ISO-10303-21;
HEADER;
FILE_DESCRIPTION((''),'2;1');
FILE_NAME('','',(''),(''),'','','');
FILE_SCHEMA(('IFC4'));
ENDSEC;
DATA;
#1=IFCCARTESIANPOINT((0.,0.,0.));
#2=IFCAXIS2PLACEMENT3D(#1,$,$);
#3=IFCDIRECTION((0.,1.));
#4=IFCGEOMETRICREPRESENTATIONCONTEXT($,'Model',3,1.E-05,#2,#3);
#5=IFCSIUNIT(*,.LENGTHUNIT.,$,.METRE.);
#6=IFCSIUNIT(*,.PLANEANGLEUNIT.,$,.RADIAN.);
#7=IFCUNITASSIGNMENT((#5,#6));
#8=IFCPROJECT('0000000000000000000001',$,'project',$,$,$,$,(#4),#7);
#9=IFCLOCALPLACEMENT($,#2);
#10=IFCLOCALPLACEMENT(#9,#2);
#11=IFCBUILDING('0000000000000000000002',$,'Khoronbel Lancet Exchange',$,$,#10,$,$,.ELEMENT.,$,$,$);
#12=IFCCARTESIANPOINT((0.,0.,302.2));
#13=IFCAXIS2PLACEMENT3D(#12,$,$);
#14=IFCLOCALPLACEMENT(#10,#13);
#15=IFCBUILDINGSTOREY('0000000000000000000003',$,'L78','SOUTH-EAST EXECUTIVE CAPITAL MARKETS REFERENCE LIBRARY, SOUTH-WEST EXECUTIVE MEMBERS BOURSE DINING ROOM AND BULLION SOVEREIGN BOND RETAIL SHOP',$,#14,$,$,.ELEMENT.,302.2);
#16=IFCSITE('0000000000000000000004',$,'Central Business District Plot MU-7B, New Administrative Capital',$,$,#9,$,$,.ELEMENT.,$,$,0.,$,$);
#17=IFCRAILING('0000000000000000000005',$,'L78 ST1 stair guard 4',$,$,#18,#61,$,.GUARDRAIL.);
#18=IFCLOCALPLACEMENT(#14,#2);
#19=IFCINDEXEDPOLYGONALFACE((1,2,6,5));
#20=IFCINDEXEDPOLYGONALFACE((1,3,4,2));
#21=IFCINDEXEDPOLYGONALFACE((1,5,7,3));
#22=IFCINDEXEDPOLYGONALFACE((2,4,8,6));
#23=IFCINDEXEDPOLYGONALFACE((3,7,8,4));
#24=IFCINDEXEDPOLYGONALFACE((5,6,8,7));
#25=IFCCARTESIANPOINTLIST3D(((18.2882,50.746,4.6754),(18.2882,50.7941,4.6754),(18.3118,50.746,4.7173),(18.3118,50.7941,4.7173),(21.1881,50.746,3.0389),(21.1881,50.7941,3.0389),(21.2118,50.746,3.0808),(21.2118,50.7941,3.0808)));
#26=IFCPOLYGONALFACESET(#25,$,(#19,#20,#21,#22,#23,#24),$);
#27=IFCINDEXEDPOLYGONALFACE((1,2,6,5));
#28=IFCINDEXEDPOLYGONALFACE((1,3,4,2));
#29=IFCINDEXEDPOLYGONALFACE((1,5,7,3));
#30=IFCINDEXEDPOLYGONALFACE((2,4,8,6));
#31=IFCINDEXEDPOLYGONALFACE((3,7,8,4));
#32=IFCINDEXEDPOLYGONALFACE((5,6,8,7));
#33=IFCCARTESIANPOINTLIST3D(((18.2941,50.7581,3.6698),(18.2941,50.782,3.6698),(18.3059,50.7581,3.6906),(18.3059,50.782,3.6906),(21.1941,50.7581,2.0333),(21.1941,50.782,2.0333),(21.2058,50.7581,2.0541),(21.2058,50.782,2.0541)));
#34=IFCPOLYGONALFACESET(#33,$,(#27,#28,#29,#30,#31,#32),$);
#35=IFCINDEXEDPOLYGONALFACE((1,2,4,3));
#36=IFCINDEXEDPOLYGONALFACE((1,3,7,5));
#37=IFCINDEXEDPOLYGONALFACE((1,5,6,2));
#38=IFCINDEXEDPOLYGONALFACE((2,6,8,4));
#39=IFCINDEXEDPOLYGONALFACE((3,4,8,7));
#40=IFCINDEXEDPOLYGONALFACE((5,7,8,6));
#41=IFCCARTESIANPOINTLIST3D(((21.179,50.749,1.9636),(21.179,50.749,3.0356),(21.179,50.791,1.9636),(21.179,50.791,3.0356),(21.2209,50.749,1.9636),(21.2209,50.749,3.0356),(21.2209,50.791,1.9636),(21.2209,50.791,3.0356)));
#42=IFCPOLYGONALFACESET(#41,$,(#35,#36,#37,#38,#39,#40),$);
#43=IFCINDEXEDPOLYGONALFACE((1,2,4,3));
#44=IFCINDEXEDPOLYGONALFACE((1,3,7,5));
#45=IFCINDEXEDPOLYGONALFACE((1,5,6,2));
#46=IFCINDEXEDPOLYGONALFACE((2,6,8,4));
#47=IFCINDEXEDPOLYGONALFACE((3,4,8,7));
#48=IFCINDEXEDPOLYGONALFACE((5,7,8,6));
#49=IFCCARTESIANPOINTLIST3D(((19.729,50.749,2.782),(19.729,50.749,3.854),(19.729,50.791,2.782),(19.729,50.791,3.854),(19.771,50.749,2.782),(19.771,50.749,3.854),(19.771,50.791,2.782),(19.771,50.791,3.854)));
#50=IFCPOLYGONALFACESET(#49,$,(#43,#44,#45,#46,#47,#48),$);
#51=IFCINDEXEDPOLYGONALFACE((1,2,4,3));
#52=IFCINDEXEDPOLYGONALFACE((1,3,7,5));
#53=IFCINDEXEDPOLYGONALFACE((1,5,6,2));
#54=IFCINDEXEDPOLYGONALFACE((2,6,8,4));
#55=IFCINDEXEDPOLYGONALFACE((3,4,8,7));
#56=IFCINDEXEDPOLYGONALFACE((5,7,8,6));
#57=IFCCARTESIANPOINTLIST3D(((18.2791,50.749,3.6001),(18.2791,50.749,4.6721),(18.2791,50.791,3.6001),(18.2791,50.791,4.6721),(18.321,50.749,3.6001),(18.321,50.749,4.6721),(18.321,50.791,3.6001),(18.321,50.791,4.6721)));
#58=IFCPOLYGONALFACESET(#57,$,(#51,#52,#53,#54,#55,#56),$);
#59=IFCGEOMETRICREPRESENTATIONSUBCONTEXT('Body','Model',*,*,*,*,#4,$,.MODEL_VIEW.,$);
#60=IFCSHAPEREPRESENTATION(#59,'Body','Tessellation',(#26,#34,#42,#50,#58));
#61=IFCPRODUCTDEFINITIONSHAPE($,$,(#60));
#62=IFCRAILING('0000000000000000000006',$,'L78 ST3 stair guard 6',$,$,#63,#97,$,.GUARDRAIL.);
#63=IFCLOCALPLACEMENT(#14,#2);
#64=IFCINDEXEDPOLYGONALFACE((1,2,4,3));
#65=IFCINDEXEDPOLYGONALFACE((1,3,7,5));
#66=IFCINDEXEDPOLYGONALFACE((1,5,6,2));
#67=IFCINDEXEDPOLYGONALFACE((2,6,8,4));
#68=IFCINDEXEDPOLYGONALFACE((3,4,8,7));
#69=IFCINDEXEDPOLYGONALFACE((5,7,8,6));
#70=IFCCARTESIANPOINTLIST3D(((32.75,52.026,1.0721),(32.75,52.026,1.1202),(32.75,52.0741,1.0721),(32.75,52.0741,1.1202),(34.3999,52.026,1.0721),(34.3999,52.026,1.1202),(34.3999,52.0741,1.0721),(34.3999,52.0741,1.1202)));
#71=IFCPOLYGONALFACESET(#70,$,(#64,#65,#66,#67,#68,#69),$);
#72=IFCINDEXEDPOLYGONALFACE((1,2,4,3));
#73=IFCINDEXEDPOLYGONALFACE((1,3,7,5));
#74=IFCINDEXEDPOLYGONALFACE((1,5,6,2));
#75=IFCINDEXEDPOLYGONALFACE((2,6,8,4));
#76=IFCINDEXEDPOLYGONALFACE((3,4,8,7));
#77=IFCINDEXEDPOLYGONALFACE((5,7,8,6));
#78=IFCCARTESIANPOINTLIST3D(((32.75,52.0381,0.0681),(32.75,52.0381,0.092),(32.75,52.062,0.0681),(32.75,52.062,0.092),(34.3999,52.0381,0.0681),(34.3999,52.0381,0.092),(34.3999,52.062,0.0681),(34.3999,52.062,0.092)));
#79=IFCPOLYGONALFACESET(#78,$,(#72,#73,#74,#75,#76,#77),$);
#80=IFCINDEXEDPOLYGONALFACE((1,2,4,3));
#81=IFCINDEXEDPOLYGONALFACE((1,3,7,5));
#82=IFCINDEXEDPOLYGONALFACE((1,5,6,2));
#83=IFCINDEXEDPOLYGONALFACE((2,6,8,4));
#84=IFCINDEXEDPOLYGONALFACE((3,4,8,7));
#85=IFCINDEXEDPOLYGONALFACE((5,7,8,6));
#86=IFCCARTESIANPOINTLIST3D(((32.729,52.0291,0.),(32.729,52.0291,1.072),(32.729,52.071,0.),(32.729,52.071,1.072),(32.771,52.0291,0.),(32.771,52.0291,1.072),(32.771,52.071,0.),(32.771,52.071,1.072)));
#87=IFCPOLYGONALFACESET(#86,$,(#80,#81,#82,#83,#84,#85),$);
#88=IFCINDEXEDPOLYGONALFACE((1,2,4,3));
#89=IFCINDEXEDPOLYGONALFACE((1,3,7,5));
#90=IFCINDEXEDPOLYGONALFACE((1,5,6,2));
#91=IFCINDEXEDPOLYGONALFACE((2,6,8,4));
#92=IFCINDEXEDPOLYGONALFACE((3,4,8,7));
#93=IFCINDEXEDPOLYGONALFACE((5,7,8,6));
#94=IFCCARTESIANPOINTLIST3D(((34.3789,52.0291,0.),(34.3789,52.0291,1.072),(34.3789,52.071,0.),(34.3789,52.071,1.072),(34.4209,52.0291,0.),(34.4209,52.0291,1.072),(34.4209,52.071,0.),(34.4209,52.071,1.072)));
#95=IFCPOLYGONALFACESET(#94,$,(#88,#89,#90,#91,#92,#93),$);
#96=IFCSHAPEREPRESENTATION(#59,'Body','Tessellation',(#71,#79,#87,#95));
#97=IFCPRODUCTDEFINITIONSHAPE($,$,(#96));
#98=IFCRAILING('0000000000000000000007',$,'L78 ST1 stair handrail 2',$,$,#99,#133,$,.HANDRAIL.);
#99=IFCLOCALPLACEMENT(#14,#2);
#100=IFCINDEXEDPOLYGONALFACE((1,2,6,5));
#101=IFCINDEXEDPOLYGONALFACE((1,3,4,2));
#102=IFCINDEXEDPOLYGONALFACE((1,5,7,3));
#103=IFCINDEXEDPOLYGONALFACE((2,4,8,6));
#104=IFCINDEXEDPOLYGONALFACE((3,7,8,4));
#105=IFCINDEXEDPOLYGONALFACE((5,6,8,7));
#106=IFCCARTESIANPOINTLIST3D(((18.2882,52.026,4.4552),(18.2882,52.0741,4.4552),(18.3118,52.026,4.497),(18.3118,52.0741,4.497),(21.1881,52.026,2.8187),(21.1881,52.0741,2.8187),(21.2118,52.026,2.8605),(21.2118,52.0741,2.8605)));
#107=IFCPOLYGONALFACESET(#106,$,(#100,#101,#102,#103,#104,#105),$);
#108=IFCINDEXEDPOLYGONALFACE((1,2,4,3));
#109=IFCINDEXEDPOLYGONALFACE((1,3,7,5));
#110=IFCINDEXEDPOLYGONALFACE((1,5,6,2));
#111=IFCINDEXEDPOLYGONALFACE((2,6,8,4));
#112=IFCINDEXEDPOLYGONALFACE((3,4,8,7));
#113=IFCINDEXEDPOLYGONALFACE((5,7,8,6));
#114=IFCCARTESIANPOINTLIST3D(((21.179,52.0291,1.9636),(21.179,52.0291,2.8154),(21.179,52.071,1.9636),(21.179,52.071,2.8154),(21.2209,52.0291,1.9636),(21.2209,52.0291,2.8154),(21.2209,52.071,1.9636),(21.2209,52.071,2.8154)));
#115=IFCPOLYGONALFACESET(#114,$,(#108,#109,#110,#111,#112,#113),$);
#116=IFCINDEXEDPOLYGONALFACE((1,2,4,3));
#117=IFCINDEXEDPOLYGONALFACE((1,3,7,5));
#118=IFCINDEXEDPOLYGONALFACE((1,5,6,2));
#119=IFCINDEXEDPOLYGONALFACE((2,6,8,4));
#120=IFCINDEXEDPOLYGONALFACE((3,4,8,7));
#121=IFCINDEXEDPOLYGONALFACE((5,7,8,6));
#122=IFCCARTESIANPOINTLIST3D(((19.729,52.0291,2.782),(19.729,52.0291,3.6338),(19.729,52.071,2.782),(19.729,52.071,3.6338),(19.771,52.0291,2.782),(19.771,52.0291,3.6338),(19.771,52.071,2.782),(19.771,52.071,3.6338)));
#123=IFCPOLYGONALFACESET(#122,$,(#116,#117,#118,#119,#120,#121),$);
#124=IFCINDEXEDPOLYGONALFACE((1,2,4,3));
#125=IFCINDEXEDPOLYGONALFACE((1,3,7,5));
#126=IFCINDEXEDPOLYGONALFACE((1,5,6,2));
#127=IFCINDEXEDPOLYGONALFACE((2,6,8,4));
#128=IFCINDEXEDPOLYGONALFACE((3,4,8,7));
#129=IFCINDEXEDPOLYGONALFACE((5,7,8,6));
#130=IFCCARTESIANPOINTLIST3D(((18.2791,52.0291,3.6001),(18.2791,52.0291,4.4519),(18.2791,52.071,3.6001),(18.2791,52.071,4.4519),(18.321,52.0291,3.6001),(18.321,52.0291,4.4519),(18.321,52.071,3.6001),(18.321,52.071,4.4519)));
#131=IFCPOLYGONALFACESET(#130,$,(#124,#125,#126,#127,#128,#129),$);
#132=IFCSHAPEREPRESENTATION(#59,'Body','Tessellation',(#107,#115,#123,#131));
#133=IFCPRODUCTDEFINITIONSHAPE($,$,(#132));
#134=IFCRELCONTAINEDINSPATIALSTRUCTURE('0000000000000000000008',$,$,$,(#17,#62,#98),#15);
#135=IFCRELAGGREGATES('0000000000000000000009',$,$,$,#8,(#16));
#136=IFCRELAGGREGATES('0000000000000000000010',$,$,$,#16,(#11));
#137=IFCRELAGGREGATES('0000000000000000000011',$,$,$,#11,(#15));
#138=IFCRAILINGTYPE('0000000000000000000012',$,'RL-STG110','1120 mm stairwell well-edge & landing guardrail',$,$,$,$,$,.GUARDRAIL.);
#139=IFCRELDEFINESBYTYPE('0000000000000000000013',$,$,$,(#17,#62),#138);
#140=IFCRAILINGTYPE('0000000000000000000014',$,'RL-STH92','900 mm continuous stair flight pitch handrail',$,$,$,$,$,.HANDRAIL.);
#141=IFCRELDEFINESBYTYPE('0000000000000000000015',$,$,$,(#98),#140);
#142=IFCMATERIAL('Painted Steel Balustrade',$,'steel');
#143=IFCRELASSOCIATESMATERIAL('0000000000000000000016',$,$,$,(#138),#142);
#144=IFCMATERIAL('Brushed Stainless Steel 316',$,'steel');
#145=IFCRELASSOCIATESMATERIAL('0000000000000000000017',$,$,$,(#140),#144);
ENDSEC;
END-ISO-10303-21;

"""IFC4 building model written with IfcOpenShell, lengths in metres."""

from ifc_helpers import new_model, si_unit, direction, frame, origin, origin_2d, place, context, subcontext, project, spatial, rectangle, extrude, material, type_object, element, save


model = new_model("IFC4")

# Units and contexts
model_context = context("Model", 3, precision=1e-05, world=origin(), true_north=direction((0.0, 1.0)))
body_context = subcontext(model_context, "Body", "Model", "MODEL_VIEW")
ifc_project = project(units=[si_unit("LENGTHUNIT", "METRE"), si_unit("PLANEANGLEUNIT", "RADIAN")], contexts=[model_context])

# Site, building, storey
site_placement = place(None, origin())
site = spatial("IfcSite", under=ifc_project, at=site_placement, Name="Central Business District Plot MU-7B, New Administrative Capital", CompositionType="ELEMENT", RefElevation=0.0)
building_placement = place(site_placement, origin())
building = spatial("IfcBuilding", under=site, at=building_placement, Name="Khoronbel Lancet Exchange", CompositionType="ELEMENT")
storey_placement = place(building_placement, frame((0.0, 0.0, 302.2)))
storey = spatial("IfcBuildingStorey", under=building, at=storey_placement, Name="L78", Description="SOUTH-EAST EXECUTIVE CAPITAL MARKETS REFERENCE LIBRARY, SOUTH-WEST EXECUTIVE MEMBERS BOURSE DINING ROOM AND BULLION SOVEREIGN BOND RETAIL SHOP", CompositionType="ELEMENT", Elevation=302.2)

# Railings
ifc_material_1 = material(Name="Painted Steel Balustrade", Category="steel")
railing_type_1 = type_object("IfcRailingType", Name="RL-STG110", Description="1120 mm stairwell well-edge & landing guardrail", PredefinedType="GUARDRAIL", material=ifc_material_1)
railing_1_placement = place(storey_placement, frame((21.2, 50.77, 1.9636)))
element("IfcRailing", 1, at=railing_1_placement, inside=storey, type_object=railing_type_1, Name="L78 ST1 stair guard 4", PredefinedType="GUARDRAIL", context=body_context, shape_type="SweptSolid", body=[
    extrude(rectangle(XDim=0.0481, YDim=0.0481, at=origin_2d()), frame((0.0, 0.0, 1.0962), z_axis=(-0.870897, 0.0, 0.491465), x_axis=(0.0, -1.0, 0.0)), (0.0, 0.0, 1.0), 3.3298),
    extrude(rectangle(XDim=0.0239, YDim=0.0239, at=origin_2d()), frame((0.0, 0.0, 0.0801), z_axis=(-0.870897, 0.0, 0.491465), x_axis=(0.0, -1.0, 0.0)), (0.0, 0.0, 1.0), 3.3298),
    extrude(rectangle(XDim=0.042, YDim=0.042, at=origin_2d()), origin(), (0.0, 0.0, 1.0), 1.072),
    extrude(rectangle(XDim=0.042, YDim=0.042, at=origin_2d()), frame((-1.45, 0.0, 0.8184)), (0.0, 0.0, 1.0), 1.072),
    extrude(rectangle(XDim=0.042, YDim=0.042, at=origin_2d()), frame((-2.8999, 0.0, 1.6365)), (0.0, 0.0, 1.0), 1.072),
])
railing_2_placement = place(storey_placement, frame((32.75, 52.05, 0.0)))
element("IfcRailing", 2, at=railing_2_placement, inside=storey, type_object=railing_type_1, Name="L78 ST3 stair guard 6", PredefinedType="GUARDRAIL", context=body_context, shape_type="SweptSolid", body=[
    extrude(rectangle(XDim=0.0481, YDim=0.0481, at=origin_2d()), frame((0.0, 0.0, 1.0962), z_axis=(1.0, 0.0, 0.0), x_axis=(0.0, 1.0, 0.0)), (0.0, 0.0, 1.0), 1.6499),
    extrude(rectangle(XDim=0.0239, YDim=0.0239, at=origin_2d()), frame((0.0, 0.0, 0.0801), z_axis=(1.0, 0.0, 0.0), x_axis=(0.0, 1.0, 0.0)), (0.0, 0.0, 1.0), 1.6499),
    extrude(rectangle(XDim=0.042, YDim=0.042, at=origin_2d()), origin(), (0.0, 0.0, 1.0), 1.072),
    extrude(rectangle(XDim=0.042, YDim=0.042, at=origin_2d()), frame((1.6499, 0.0, 0.0)), (0.0, 0.0, 1.0), 1.072),
])
ifc_material_2 = material(Name="Brushed Stainless Steel 316", Category="steel")
railing_type_2 = type_object("IfcRailingType", Name="RL-STH92", Description="900 mm continuous stair flight pitch handrail", PredefinedType="HANDRAIL", material=ifc_material_2)
railing_3_placement = place(storey_placement, frame((21.2, 52.05, 1.9636)))
element("IfcRailing", 3, at=railing_3_placement, inside=storey, type_object=railing_type_2, Name="L78 ST1 stair handrail 2", PredefinedType="HANDRAIL", context=body_context, shape_type="SweptSolid", body=[
    extrude(rectangle(XDim=0.0481, YDim=0.0481, at=origin_2d()), frame((0.0, 0.0, 0.876), z_axis=(-0.870897, 0.0, 0.491465), x_axis=(0.0, -1.0, 0.0)), (0.0, 0.0, 1.0), 3.3298),
    extrude(rectangle(XDim=0.042, YDim=0.042, at=origin_2d()), origin(), (0.0, 0.0, 1.0), 0.8518),
    extrude(rectangle(XDim=0.042, YDim=0.042, at=origin_2d()), frame((-1.45, 0.0, 0.8184)), (0.0, 0.0, 1.0), 0.8518),
    extrude(rectangle(XDim=0.042, YDim=0.042, at=origin_2d()), frame((-2.8999, 0.0, 1.6365)), (0.0, 0.0, 1.0), 0.8518),
])

save(model, "model.ifc")
